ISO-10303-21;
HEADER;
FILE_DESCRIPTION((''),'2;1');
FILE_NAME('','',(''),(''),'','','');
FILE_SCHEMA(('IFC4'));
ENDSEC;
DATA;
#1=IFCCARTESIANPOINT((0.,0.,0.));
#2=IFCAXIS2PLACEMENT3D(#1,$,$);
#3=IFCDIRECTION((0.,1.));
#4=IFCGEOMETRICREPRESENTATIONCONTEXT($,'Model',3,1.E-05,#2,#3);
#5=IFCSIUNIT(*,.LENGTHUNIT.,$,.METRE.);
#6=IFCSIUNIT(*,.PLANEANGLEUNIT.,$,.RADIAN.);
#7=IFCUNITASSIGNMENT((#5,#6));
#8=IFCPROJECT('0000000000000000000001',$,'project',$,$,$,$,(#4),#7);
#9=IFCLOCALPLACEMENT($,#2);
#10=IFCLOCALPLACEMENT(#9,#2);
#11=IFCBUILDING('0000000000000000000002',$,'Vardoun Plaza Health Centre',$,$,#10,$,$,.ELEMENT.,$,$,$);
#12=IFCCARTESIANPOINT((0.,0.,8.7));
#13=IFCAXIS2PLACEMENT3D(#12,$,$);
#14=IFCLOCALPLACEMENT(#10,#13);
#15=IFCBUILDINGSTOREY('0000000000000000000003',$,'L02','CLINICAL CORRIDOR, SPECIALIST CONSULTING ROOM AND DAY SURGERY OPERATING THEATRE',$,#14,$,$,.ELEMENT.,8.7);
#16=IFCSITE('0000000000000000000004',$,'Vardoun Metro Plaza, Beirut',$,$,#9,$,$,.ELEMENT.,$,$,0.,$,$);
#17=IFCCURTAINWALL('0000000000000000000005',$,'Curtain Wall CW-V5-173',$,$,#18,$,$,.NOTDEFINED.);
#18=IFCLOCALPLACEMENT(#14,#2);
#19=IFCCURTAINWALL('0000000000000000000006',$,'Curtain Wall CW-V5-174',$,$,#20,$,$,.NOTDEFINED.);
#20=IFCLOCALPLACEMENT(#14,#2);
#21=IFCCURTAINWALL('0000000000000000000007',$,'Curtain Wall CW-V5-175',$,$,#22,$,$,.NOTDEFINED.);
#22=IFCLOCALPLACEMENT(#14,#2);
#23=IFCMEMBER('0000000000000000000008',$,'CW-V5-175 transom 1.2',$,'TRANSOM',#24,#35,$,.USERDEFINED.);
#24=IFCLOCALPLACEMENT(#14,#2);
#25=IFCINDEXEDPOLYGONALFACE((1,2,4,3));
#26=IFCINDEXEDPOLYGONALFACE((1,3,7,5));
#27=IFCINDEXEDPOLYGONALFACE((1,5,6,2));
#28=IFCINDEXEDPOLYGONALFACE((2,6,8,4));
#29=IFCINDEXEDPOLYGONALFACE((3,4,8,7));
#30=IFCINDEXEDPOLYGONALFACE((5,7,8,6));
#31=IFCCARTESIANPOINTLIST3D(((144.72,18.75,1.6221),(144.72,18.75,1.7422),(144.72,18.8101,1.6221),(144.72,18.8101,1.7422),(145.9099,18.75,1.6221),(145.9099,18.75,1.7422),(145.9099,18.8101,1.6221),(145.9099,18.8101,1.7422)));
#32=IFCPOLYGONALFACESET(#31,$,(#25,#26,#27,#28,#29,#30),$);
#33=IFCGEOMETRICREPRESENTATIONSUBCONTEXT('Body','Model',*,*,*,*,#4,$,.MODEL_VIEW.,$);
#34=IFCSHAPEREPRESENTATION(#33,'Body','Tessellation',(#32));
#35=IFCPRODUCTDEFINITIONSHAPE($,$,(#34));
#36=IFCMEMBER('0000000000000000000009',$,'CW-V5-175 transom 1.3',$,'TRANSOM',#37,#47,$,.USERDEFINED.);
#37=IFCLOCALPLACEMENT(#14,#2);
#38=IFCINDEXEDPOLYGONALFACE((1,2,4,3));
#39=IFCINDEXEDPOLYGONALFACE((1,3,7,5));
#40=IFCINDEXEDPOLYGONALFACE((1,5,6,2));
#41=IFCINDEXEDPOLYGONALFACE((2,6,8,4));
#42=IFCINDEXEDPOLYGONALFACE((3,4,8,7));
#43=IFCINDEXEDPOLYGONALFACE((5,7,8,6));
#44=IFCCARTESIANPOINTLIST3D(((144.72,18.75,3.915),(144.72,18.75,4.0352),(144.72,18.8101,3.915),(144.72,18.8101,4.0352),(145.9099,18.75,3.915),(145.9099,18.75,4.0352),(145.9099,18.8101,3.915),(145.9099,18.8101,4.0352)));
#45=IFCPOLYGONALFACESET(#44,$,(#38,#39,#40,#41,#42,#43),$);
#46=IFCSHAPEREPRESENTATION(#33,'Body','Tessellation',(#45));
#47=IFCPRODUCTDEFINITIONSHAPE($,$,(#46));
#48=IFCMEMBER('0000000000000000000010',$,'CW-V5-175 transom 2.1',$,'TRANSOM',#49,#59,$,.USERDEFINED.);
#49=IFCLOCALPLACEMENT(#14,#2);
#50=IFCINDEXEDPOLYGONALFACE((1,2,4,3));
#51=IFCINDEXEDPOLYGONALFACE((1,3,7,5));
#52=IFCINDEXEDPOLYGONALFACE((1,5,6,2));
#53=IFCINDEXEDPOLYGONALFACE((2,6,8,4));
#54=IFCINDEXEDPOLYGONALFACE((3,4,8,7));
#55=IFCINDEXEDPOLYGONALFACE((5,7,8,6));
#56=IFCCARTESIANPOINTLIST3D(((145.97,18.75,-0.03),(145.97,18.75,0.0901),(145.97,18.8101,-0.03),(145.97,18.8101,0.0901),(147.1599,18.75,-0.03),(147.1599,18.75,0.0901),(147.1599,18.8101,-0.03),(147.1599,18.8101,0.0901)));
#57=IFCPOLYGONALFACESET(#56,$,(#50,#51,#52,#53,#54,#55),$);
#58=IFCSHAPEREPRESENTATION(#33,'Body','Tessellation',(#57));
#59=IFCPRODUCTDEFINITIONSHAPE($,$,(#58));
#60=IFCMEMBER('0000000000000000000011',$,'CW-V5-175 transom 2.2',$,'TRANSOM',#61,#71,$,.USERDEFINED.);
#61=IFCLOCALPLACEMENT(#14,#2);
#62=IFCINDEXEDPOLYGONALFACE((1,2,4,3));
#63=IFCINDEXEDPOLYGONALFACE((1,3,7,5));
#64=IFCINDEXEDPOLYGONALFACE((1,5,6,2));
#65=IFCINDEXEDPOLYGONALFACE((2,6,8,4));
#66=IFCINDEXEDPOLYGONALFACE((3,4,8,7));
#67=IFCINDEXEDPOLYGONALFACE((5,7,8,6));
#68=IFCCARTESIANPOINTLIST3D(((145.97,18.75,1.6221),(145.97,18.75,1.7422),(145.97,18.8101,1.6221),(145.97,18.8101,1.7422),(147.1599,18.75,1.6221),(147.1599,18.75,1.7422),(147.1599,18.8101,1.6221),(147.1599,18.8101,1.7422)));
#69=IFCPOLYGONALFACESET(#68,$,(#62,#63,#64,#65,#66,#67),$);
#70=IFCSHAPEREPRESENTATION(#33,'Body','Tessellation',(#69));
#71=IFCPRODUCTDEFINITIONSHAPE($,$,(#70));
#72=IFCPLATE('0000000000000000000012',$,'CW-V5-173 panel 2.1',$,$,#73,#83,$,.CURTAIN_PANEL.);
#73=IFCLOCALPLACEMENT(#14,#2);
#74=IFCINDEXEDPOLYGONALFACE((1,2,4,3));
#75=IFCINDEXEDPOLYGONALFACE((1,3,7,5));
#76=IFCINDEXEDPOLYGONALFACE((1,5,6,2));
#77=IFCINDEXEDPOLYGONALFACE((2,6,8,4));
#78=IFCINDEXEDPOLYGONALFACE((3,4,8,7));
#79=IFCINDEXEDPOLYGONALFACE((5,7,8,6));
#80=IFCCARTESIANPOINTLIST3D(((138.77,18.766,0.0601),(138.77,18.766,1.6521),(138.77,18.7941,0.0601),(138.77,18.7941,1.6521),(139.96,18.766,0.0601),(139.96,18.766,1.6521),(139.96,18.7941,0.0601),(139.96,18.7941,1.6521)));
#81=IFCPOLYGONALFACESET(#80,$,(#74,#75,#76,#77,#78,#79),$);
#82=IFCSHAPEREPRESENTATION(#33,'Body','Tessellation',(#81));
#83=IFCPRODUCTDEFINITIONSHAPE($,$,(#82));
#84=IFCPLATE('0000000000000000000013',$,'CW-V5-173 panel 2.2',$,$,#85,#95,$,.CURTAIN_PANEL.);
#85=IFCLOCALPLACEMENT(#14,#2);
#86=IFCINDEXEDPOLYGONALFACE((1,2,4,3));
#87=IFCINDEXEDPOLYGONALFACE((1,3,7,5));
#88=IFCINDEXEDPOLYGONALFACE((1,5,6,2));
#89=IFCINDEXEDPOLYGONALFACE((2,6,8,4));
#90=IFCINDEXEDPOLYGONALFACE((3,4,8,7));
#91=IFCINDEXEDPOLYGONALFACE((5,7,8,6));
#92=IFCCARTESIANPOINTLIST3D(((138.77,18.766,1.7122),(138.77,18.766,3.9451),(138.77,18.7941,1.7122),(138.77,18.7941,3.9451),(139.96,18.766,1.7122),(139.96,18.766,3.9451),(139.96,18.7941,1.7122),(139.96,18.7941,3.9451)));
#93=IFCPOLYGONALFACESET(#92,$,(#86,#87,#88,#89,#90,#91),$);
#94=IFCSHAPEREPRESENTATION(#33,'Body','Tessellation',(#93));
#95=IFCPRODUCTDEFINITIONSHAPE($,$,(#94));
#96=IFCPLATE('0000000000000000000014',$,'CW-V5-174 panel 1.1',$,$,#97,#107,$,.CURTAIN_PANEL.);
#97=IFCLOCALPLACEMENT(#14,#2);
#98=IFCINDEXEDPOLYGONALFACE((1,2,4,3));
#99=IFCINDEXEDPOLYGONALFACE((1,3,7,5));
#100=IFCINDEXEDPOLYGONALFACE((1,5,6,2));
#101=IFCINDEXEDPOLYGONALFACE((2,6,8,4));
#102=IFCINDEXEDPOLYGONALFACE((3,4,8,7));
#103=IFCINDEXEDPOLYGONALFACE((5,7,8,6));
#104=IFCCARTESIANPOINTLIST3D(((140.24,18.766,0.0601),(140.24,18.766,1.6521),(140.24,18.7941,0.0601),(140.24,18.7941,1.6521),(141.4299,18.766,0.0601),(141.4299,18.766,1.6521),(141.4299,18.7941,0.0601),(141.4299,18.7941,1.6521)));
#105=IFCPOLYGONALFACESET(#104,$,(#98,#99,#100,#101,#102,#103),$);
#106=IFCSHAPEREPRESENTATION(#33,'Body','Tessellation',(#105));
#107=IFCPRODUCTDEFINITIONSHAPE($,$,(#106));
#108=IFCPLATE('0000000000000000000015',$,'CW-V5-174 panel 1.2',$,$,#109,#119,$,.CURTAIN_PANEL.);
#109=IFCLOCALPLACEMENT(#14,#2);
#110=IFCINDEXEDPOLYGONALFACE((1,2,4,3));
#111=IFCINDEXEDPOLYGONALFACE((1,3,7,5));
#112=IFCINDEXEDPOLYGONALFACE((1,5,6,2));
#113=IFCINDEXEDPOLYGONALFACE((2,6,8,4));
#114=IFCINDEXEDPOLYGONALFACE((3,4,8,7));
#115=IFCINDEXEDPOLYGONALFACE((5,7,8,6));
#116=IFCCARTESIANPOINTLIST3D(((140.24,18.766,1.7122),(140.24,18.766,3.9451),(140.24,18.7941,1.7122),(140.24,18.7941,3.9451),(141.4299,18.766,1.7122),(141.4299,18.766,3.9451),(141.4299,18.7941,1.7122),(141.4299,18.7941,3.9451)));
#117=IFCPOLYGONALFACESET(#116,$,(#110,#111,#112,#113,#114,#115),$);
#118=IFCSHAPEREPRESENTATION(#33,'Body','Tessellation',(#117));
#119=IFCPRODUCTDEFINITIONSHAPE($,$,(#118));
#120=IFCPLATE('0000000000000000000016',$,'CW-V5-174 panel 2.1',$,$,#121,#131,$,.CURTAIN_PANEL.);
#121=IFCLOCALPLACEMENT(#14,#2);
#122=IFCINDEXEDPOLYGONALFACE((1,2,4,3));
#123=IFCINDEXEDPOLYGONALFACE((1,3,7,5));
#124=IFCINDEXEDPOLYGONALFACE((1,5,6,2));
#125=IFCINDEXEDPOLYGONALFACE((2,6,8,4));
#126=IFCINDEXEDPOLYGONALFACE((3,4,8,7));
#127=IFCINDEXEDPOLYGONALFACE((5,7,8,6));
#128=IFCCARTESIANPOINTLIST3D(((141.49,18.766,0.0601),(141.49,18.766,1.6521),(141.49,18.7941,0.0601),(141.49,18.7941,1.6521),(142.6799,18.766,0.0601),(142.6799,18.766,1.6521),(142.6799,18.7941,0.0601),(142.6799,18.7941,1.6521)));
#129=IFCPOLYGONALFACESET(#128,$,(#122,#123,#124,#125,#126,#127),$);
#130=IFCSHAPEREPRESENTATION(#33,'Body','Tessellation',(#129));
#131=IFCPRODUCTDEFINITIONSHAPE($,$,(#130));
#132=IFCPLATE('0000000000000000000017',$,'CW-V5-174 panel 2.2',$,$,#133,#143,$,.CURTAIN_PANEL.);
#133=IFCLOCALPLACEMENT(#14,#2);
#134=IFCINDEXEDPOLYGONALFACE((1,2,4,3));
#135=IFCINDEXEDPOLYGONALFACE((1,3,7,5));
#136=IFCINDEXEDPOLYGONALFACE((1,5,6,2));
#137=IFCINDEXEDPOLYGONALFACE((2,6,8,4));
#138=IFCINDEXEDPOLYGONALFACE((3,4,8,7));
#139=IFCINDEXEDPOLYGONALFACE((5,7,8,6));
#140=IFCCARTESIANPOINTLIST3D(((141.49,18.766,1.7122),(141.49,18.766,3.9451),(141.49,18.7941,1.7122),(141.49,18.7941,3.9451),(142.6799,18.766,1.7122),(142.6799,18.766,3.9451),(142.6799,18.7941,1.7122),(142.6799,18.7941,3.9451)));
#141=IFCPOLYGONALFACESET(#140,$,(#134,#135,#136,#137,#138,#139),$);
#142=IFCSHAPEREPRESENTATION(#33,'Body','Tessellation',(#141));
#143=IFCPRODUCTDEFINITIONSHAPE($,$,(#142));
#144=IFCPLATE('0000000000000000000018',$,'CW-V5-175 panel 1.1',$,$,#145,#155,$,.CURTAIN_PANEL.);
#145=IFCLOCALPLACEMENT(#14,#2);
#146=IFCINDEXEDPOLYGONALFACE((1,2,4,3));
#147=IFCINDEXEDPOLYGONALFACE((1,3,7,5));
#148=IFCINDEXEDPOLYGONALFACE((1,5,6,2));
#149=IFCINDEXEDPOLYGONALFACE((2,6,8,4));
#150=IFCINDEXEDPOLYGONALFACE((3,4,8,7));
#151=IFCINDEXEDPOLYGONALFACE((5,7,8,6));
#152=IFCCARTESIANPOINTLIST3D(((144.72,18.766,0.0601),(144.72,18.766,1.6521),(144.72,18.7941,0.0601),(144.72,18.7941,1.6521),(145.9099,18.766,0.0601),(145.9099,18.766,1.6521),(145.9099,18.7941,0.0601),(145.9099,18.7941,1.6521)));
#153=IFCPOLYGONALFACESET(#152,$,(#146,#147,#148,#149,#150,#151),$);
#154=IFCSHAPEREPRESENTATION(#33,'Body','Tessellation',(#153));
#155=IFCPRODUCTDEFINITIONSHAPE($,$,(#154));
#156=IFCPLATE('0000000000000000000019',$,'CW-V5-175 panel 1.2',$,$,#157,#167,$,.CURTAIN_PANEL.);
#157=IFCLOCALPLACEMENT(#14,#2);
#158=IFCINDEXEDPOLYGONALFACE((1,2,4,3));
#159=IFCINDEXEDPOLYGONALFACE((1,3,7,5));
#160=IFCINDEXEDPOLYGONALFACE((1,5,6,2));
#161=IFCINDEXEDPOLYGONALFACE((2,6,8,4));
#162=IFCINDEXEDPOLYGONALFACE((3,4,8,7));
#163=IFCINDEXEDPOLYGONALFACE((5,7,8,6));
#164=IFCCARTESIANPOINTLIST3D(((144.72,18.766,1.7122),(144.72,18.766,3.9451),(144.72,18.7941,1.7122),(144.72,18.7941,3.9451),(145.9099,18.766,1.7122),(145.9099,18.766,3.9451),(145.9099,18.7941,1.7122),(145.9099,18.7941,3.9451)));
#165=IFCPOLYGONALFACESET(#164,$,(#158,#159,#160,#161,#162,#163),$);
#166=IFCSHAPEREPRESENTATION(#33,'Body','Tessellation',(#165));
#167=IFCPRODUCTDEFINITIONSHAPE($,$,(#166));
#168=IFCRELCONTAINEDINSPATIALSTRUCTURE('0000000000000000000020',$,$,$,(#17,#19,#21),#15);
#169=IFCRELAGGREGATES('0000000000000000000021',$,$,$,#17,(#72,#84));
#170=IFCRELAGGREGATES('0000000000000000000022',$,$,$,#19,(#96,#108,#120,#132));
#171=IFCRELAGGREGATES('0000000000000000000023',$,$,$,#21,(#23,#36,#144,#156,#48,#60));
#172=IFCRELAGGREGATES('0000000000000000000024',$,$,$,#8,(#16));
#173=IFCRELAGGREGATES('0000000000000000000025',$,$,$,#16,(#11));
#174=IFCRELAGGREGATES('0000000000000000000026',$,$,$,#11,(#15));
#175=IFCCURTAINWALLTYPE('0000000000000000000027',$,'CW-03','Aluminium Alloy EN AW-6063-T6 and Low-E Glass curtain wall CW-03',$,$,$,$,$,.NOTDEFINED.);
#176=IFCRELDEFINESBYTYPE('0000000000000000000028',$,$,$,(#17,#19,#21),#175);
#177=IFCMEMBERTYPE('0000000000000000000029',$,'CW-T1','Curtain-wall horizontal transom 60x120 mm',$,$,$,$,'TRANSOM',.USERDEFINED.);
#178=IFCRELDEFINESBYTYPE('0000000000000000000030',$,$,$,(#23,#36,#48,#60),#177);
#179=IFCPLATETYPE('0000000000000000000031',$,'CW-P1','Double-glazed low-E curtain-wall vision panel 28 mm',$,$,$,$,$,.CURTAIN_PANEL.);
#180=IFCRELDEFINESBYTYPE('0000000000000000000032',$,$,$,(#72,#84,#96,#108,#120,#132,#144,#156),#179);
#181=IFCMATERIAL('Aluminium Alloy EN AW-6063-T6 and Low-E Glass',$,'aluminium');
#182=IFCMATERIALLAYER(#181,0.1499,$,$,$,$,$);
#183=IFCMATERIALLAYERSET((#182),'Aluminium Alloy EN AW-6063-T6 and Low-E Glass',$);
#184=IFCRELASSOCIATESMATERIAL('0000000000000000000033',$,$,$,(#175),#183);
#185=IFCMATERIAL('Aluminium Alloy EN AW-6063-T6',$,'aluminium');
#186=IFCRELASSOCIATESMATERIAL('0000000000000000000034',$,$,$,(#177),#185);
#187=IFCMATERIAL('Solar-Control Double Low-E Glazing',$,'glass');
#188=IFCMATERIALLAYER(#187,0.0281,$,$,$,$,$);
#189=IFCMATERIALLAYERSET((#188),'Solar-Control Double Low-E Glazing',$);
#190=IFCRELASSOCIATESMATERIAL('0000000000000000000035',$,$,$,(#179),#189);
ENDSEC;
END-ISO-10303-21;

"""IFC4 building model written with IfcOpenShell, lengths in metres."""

from ifc_helpers import new_model, si_unit, direction, frame, origin, origin_2d, place, context, subcontext, project, spatial, rectangle, extrude, material, layer, layer_set, material_profile, profile_set, type_object, element, aggregate, save


model = new_model("IFC4")

# Units and contexts
model_context = context("Model", 3, precision=1e-05, world=origin(), true_north=direction((0.0, 1.0)))
body_context = subcontext(model_context, "Body", "Model", "MODEL_VIEW")
ifc_project = project(units=[si_unit("LENGTHUNIT", "METRE"), si_unit("PLANEANGLEUNIT", "RADIAN")], contexts=[model_context])

# Site, building, storey
site_placement = place(None, origin())
site = spatial("IfcSite", under=ifc_project, at=site_placement, Name="Vardoun Metro Plaza, Beirut", CompositionType="ELEMENT", RefElevation=0.0)
building_placement = place(site_placement, origin())
building = spatial("IfcBuilding", under=site, at=building_placement, Name="Vardoun Plaza Health Centre", CompositionType="ELEMENT")
storey_placement = place(building_placement, frame((0.0, 0.0, 8.7)))
storey = spatial("IfcBuildingStorey", under=building, at=storey_placement, Name="L02", Description="CLINICAL CORRIDOR, SPECIALIST CONSULTING ROOM AND DAY SURGERY OPERATING THEATRE", CompositionType="ELEMENT", Elevation=8.7)

# Curtain wall
ifc_material_1 = material(Name="Aluminium Alloy EN AW-6063-T6 and Low-E Glass", Category="aluminium")
ifc_layer_1 = layer(ifc_material_1, 0.1499)
ifc_layer_set_1 = layer_set([ifc_layer_1], Name="Aluminium Alloy EN AW-6063-T6 and Low-E Glass")
curtain_wall_type = type_object("IfcCurtainWallType", Name="CW-03", Description="Aluminium Alloy EN AW-6063-T6 and Low-E Glass curtain wall CW-03", PredefinedType="NOTDEFINED", material=ifc_layer_set_1)
curtain_wall_1_placement = place(storey_placement, origin())
curtain_wall_1 = element("IfcCurtainWall", 1, at=curtain_wall_1_placement, inside=storey, type_object=curtain_wall_type, Name="Curtain Wall CW-V5-173", PredefinedType="NOTDEFINED")

# Curtain walls
curtain_wall_2_placement = place(storey_placement, origin())
curtain_wall_2 = element("IfcCurtainWall", 2, at=curtain_wall_2_placement, inside=storey, type_object=curtain_wall_type, Name="Curtain Wall CW-V5-174", PredefinedType="NOTDEFINED")
curtain_wall_3_placement = place(storey_placement, origin())
curtain_wall_3 = element("IfcCurtainWall", 3, at=curtain_wall_3_placement, inside=storey, type_object=curtain_wall_type, Name="Curtain Wall CW-V5-175", PredefinedType="NOTDEFINED")

# Members
ifc_material_2 = material(Name="Aluminium Alloy EN AW-6063-T6", Category="aluminium")
ifc_material_profile_1 = material_profile(ifc_material_2, rectangle(XDim=0.0601, YDim=0.1201, at=origin_2d()), Name="CWT 60x120")
ifc_profile_set_1 = profile_set([ifc_material_profile_1], Name="Aluminium Alloy EN AW-6063-T6")
member_type_1 = type_object("IfcMemberType", Name="CW-T1", Description="Curtain-wall horizontal transom 60x120 mm", ElementType="TRANSOM", PredefinedType="USERDEFINED", material=ifc_profile_set_1)
member_1_placement = place(storey_placement, frame((144.72, 18.78, 1.6821), z_axis=(1.0, 0.0, 0.0), x_axis=(0.0, 1.0, 0.0)))
member_1 = element("IfcMember", 4, at=member_1_placement, type_object=member_type_1, Name="CW-V5-175 transom 1.2", ObjectType="TRANSOM", PredefinedType="USERDEFINED", context=body_context, shape_type="SweptSolid", body=[
    extrude(rectangle(XDim=0.0601, YDim=0.1201, at=origin_2d()), origin(), (0.0, 0.0, 1.0), 1.1899),
])
member_2_placement = place(storey_placement, frame((144.72, 18.78, 3.9751), z_axis=(1.0, 0.0, 0.0), x_axis=(0.0, 1.0, 0.0)))
member_2 = element("IfcMember", 5, at=member_2_placement, type_object=member_type_1, Name="CW-V5-175 transom 1.3", ObjectType="TRANSOM", PredefinedType="USERDEFINED", context=body_context, shape_type="SweptSolid", body=[
    extrude(rectangle(XDim=0.0601, YDim=0.1201, at=origin_2d()), origin(), (0.0, 0.0, 1.0), 1.1899),
])
member_3_placement = place(storey_placement, frame((145.97, 18.78, 0.03), z_axis=(1.0, 0.0, 0.0), x_axis=(0.0, 1.0, 0.0)))
member_3 = element("IfcMember", 6, at=member_3_placement, type_object=member_type_1, Name="CW-V5-175 transom 2.1", ObjectType="TRANSOM", PredefinedType="USERDEFINED", context=body_context, shape_type="SweptSolid", body=[
    extrude(rectangle(XDim=0.0601, YDim=0.1201, at=origin_2d()), origin(), (0.0, 0.0, 1.0), 1.1899),
])
member_4_placement = place(storey_placement, frame((145.97, 18.78, 1.6821), z_axis=(1.0, 0.0, 0.0), x_axis=(0.0, 1.0, 0.0)))
member_4 = element("IfcMember", 7, at=member_4_placement, type_object=member_type_1, Name="CW-V5-175 transom 2.2", ObjectType="TRANSOM", PredefinedType="USERDEFINED", context=body_context, shape_type="SweptSolid", body=[
    extrude(rectangle(XDim=0.0601, YDim=0.1201, at=origin_2d()), origin(), (0.0, 0.0, 1.0), 1.1899),
])

# Plates
ifc_material_3 = material(Name="Solar-Control Double Low-E Glazing", Category="glass")
ifc_layer_2 = layer(ifc_material_3, 0.0281)
ifc_layer_set_2 = layer_set([ifc_layer_2], Name="Solar-Control Double Low-E Glazing")
plate_type = type_object("IfcPlateType", Name="CW-P1", Description="Double-glazed low-E curtain-wall vision panel 28 mm", PredefinedType="CURTAIN_PANEL", material=ifc_layer_set_2)
plate_1_placement = place(storey_placement, frame((139.365, 18.78, 0.0601), z_axis=(0.0, 0.0, 1.0), x_axis=(1.0, 0.0, 0.0)))
plate_1 = element("IfcPlate", 8, at=plate_1_placement, type_object=plate_type, Name="CW-V5-173 panel 2.1", PredefinedType="CURTAIN_PANEL", context=body_context, shape_type="SweptSolid", body=[
    extrude(rectangle(XDim=1.1899, YDim=0.0281, at=origin_2d()), origin(), (0.0, 0.0, 1.0), 1.592),
])
plate_2_placement = place(storey_placement, frame((139.365, 18.78, 1.7122), z_axis=(0.0, 0.0, 1.0), x_axis=(1.0, 0.0, 0.0)))
plate_2 = element("IfcPlate", 9, at=plate_2_placement, type_object=plate_type, Name="CW-V5-173 panel 2.2", PredefinedType="CURTAIN_PANEL", context=body_context, shape_type="SweptSolid", body=[
    extrude(rectangle(XDim=1.1899, YDim=0.0281, at=origin_2d()), origin(), (0.0, 0.0, 1.0), 2.2329),
])
aggregate(curtain_wall_1, [plate_1, plate_2])
plate_3_placement = place(storey_placement, frame((140.835, 18.78, 0.0601), z_axis=(0.0, 0.0, 1.0), x_axis=(1.0, 0.0, 0.0)))
plate_3 = element("IfcPlate", 10, at=plate_3_placement, type_object=plate_type, Name="CW-V5-174 panel 1.1", PredefinedType="CURTAIN_PANEL", context=body_context, shape_type="SweptSolid", body=[
    extrude(rectangle(XDim=1.1899, YDim=0.0281, at=origin_2d()), origin(), (0.0, 0.0, 1.0), 1.592),
])
plate_4_placement = place(storey_placement, frame((140.835, 18.78, 1.7122), z_axis=(0.0, 0.0, 1.0), x_axis=(1.0, 0.0, 0.0)))
plate_4 = element("IfcPlate", 11, at=plate_4_placement, type_object=plate_type, Name="CW-V5-174 panel 1.2", PredefinedType="CURTAIN_PANEL", context=body_context, shape_type="SweptSolid", body=[
    extrude(rectangle(XDim=1.1899, YDim=0.0281, at=origin_2d()), origin(), (0.0, 0.0, 1.0), 2.2329),
])
plate_5_placement = place(storey_placement, frame((142.085, 18.78, 0.0601), z_axis=(0.0, 0.0, 1.0), x_axis=(1.0, 0.0, 0.0)))
plate_5 = element("IfcPlate", 12, at=plate_5_placement, type_object=plate_type, Name="CW-V5-174 panel 2.1", PredefinedType="CURTAIN_PANEL", context=body_context, shape_type="SweptSolid", body=[
    extrude(rectangle(XDim=1.1899, YDim=0.0281, at=origin_2d()), origin(), (0.0, 0.0, 1.0), 1.592),
])
plate_6_placement = place(storey_placement, frame((142.085, 18.78, 1.7122), z_axis=(0.0, 0.0, 1.0), x_axis=(1.0, 0.0, 0.0)))
plate_6 = element("IfcPlate", 13, at=plate_6_placement, type_object=plate_type, Name="CW-V5-174 panel 2.2", PredefinedType="CURTAIN_PANEL", context=body_context, shape_type="SweptSolid", body=[
    extrude(rectangle(XDim=1.1899, YDim=0.0281, at=origin_2d()), origin(), (0.0, 0.0, 1.0), 2.2329),
])
aggregate(curtain_wall_2, [plate_3, plate_4, plate_5, plate_6])
plate_7_placement = place(storey_placement, frame((145.3149, 18.78, 0.0601), z_axis=(0.0, 0.0, 1.0), x_axis=(1.0, 0.0, 0.0)))
plate_7 = element("IfcPlate", 14, at=plate_7_placement, type_object=plate_type, Name="CW-V5-175 panel 1.1", PredefinedType="CURTAIN_PANEL", context=body_context, shape_type="SweptSolid", body=[
    extrude(rectangle(XDim=1.1899, YDim=0.0281, at=origin_2d()), origin(), (0.0, 0.0, 1.0), 1.592),
])
plate_8_placement = place(storey_placement, frame((145.3149, 18.78, 1.7122), z_axis=(0.0, 0.0, 1.0), x_axis=(1.0, 0.0, 0.0)))
plate_8 = element("IfcPlate", 15, at=plate_8_placement, type_object=plate_type, Name="CW-V5-175 panel 1.2", PredefinedType="CURTAIN_PANEL", context=body_context, shape_type="SweptSolid", body=[
    extrude(rectangle(XDim=1.1899, YDim=0.0281, at=origin_2d()), origin(), (0.0, 0.0, 1.0), 2.2329),
])
aggregate(curtain_wall_3, [member_1, member_2, plate_7, plate_8, member_3, member_4])

save(model, "model.ifc")
